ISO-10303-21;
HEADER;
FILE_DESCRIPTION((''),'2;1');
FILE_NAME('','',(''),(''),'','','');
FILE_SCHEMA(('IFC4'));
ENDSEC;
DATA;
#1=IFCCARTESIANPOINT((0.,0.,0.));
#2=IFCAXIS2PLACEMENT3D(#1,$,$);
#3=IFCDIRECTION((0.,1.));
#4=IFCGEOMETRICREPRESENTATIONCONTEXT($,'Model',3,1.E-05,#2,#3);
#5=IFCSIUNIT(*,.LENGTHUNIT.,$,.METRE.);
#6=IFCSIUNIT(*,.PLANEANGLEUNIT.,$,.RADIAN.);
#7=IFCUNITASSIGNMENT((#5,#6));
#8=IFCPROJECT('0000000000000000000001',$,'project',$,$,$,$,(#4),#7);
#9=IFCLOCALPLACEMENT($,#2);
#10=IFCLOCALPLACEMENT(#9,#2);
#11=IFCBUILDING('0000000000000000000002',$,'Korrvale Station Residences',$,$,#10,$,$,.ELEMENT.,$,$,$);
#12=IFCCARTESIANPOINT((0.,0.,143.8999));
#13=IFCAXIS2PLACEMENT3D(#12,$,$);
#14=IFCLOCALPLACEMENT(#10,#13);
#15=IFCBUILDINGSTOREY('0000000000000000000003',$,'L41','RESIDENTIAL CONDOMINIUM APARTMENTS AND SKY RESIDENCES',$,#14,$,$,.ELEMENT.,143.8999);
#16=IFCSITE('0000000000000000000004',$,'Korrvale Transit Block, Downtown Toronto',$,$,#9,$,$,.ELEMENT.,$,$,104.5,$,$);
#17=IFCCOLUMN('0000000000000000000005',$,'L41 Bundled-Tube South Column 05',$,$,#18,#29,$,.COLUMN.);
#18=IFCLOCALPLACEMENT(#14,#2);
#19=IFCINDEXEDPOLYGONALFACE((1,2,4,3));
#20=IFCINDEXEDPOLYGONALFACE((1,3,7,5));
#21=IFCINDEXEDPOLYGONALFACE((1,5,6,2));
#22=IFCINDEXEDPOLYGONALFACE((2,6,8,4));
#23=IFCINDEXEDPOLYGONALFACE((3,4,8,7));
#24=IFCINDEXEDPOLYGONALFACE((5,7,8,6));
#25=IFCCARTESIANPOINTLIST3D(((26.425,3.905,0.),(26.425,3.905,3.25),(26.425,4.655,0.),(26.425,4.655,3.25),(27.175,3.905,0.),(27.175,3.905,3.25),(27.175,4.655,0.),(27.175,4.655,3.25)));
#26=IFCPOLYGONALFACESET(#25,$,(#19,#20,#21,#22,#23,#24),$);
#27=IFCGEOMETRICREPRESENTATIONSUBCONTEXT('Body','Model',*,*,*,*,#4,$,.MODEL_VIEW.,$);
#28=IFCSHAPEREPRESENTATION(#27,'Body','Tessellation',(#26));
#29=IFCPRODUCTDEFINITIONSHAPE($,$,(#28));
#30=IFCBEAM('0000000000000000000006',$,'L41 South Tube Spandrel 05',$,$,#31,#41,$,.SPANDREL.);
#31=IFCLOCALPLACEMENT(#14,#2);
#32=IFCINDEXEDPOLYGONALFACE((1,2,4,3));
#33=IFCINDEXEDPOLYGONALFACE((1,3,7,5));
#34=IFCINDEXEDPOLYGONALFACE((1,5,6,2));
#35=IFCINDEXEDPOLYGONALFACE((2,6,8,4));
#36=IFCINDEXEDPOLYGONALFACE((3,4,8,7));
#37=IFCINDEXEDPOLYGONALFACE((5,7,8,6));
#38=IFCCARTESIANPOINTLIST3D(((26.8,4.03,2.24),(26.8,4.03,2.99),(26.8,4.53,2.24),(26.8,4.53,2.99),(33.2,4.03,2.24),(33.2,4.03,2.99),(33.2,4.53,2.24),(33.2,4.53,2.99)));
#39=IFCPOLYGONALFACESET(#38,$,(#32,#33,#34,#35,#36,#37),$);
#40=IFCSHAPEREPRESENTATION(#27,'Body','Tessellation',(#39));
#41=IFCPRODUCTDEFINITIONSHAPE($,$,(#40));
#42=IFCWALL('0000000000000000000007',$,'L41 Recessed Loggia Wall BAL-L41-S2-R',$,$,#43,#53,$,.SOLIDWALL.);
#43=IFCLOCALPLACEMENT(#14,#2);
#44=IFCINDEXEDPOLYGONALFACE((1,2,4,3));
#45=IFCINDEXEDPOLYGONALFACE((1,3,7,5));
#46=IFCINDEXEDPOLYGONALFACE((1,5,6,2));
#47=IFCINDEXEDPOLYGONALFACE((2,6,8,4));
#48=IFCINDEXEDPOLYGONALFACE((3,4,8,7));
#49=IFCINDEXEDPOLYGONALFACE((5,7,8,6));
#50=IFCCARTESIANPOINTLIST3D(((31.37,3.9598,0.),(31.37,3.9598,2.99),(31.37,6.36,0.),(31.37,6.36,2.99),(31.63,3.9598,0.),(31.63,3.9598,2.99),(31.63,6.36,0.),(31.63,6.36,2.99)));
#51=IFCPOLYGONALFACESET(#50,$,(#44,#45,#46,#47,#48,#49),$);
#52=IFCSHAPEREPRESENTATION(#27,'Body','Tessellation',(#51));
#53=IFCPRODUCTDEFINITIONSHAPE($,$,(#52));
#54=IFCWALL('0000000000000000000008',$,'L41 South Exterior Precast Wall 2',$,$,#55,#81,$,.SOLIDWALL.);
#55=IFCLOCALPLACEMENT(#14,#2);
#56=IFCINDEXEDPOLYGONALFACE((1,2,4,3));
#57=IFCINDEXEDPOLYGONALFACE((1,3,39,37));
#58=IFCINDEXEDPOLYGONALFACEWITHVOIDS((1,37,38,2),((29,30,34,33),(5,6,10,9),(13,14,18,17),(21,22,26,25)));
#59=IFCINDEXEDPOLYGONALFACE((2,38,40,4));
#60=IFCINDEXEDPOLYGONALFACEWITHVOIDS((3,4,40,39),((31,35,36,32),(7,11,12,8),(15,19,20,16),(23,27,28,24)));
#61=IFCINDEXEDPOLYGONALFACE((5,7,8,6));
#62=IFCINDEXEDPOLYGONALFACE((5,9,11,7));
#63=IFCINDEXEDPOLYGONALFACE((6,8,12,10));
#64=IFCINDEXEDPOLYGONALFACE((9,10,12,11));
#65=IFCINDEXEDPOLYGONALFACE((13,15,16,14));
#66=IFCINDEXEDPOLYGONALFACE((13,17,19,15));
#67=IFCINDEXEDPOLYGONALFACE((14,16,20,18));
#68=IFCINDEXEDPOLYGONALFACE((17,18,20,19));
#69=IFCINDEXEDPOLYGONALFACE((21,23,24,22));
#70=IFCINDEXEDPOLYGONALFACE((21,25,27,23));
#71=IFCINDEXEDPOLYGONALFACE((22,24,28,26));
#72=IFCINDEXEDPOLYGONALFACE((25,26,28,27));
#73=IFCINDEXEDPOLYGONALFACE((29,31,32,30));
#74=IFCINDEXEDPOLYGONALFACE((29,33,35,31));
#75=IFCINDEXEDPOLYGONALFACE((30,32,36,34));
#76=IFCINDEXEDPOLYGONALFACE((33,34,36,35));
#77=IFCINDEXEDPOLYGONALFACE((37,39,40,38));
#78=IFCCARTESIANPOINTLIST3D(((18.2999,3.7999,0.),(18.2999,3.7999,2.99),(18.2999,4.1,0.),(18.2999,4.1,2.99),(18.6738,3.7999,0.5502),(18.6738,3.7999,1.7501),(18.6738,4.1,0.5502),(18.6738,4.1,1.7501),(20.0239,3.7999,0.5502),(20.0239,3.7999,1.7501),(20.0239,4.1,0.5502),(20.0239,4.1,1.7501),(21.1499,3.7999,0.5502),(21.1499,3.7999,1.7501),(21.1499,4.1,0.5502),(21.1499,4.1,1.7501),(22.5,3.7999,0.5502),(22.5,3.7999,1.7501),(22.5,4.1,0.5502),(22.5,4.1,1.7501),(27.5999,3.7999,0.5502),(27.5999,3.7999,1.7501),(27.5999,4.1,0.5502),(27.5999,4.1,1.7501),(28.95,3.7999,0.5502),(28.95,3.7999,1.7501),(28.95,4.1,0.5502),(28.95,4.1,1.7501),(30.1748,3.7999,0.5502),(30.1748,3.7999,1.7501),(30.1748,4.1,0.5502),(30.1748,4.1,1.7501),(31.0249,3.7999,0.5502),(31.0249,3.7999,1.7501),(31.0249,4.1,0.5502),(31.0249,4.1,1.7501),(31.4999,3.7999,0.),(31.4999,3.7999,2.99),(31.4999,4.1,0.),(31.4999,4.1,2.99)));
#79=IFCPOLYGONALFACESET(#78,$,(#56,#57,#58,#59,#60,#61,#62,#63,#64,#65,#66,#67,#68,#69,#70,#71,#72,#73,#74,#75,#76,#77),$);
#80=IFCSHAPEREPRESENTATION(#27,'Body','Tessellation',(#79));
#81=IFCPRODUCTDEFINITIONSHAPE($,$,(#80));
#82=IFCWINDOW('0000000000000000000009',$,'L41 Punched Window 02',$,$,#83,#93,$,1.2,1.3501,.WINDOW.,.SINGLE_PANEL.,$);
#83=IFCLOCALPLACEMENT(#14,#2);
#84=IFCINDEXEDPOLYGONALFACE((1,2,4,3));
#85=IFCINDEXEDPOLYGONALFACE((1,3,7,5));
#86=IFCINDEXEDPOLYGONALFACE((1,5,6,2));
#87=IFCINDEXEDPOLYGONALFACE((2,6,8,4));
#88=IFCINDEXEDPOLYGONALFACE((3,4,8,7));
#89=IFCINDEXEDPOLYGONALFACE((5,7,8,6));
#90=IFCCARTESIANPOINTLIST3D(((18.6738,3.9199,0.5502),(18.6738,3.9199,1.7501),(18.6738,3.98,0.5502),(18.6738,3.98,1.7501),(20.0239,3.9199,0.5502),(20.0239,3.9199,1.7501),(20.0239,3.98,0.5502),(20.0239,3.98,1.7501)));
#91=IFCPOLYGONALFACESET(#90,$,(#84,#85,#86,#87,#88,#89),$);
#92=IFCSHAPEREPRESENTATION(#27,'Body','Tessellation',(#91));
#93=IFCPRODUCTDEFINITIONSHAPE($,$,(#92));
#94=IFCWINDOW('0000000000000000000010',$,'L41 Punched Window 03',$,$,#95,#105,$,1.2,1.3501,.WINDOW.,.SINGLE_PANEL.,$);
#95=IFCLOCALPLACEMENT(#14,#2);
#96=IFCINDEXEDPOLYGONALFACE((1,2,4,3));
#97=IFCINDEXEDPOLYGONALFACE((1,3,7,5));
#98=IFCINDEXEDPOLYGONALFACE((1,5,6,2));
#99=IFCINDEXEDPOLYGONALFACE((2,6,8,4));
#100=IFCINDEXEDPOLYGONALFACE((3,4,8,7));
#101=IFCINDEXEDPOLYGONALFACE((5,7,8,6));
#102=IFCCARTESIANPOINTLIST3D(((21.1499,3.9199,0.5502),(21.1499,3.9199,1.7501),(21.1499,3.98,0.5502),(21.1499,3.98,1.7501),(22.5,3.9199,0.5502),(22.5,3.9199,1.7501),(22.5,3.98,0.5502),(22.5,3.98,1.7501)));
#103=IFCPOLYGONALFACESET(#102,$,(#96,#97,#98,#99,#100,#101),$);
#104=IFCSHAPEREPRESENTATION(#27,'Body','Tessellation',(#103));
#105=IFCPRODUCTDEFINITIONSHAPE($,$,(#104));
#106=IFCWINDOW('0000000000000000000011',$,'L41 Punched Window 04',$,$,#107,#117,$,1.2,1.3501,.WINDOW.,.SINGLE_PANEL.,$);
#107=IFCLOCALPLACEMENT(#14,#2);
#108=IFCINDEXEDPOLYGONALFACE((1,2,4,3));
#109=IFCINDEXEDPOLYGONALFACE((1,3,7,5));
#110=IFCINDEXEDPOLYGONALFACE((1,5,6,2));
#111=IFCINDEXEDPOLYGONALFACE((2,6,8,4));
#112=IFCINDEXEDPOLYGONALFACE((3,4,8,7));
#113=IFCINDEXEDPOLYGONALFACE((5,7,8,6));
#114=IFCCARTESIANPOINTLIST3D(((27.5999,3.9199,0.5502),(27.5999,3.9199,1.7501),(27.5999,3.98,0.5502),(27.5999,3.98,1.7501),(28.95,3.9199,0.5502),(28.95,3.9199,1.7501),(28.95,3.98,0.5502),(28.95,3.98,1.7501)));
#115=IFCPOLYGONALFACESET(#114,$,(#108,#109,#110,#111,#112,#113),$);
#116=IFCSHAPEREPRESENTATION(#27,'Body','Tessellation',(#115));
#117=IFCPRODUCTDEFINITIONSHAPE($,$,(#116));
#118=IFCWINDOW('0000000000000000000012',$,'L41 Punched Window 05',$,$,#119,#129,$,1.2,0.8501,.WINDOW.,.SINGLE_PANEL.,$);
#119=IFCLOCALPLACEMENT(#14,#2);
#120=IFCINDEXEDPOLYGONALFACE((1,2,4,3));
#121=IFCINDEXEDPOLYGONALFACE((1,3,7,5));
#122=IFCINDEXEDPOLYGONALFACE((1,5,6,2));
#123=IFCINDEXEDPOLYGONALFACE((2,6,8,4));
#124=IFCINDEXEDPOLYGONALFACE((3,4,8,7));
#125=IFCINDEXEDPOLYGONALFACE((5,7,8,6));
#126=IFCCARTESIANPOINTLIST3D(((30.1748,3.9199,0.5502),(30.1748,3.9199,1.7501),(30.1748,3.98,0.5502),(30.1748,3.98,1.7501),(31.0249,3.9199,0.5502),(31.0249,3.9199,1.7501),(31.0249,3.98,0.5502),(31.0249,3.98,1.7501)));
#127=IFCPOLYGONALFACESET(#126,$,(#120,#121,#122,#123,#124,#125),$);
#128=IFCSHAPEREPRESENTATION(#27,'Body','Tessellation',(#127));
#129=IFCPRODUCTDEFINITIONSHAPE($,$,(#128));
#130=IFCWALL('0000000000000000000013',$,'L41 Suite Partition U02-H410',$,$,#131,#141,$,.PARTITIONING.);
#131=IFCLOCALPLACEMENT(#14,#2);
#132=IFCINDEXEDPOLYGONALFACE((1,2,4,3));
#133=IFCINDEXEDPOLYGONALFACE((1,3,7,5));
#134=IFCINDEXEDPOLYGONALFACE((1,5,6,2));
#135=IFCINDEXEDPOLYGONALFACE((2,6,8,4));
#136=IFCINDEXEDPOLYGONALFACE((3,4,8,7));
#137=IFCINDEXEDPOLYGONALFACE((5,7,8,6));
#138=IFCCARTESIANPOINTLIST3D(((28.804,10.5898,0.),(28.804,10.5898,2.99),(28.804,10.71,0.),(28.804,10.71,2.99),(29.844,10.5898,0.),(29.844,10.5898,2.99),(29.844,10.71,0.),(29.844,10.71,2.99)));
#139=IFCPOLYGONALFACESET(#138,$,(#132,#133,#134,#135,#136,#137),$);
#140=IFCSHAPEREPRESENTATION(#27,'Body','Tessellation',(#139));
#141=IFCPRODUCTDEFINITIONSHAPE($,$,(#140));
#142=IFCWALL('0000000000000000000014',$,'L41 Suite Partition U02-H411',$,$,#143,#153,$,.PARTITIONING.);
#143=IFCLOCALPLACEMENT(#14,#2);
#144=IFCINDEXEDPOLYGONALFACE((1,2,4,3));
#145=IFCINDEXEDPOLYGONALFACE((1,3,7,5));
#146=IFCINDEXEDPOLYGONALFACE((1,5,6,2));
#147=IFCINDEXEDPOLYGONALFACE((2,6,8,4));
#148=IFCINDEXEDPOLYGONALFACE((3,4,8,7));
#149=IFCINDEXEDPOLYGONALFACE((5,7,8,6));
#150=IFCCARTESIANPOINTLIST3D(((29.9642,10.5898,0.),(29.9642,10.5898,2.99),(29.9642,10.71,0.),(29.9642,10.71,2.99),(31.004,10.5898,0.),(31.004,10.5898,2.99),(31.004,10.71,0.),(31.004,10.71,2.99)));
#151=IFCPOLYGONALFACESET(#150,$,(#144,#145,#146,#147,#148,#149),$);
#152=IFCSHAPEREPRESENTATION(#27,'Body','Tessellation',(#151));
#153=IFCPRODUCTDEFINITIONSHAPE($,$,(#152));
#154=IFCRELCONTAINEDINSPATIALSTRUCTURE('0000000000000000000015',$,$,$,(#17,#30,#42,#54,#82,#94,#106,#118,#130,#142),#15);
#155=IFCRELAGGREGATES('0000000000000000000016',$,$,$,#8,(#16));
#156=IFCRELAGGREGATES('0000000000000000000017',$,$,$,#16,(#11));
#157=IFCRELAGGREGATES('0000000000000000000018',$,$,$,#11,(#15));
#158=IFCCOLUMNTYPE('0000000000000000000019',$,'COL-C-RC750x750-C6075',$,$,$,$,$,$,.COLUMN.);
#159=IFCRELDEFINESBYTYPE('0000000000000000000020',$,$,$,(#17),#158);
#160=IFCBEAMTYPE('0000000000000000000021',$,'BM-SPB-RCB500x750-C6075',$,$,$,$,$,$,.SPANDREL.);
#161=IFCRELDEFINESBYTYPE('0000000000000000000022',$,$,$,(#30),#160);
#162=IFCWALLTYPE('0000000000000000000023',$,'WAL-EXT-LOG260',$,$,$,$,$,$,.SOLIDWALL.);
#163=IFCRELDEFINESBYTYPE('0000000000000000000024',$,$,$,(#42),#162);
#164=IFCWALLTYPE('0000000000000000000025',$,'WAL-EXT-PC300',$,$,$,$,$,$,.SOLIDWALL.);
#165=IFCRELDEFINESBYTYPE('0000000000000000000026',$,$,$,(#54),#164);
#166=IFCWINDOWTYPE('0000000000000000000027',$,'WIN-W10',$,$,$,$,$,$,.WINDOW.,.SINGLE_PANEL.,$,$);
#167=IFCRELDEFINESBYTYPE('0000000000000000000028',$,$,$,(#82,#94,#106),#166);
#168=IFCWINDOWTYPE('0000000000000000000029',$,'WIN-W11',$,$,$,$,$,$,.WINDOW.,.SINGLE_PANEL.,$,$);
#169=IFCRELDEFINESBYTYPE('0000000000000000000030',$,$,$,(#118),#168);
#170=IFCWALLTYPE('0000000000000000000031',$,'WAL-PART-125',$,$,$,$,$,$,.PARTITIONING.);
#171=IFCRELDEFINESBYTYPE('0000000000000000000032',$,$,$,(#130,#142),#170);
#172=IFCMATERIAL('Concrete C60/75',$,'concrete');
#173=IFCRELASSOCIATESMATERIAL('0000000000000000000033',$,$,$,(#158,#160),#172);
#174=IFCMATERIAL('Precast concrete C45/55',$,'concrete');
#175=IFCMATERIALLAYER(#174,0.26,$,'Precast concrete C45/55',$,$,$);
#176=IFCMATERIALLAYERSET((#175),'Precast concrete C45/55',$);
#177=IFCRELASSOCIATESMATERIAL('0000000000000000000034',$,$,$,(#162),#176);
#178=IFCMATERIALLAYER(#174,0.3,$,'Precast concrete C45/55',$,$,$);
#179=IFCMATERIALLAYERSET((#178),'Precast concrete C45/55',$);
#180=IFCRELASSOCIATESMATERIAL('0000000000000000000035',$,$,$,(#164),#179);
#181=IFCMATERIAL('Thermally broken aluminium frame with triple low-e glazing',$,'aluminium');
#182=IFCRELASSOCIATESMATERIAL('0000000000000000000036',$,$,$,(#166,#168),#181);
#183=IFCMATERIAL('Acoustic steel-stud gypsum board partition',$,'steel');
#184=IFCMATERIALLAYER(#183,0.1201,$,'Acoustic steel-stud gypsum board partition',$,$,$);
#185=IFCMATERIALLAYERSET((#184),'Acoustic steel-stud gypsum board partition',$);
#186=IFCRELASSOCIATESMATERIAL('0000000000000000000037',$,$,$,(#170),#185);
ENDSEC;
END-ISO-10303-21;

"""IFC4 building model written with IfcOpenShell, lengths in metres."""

from ifc_helpers import new_model, si_unit, direction, frame, frame_2d, origin, origin_2d, place, context, subcontext, project, spatial, rectangle, extrude, material, layer, layer_set, material_profile, profile_set, type_object, element, fill, save


model = new_model("IFC4")

# Units and contexts
model_context = context("Model", 3, precision=1e-05, world=origin(), true_north=direction((0.0, 1.0)))
body_context = subcontext(model_context, "Body", "Model", "MODEL_VIEW")
ifc_project = project(units=[si_unit("LENGTHUNIT", "METRE"), si_unit("PLANEANGLEUNIT", "RADIAN")], contexts=[model_context])

# Site, building, storey
site_placement = place(None, origin())
site = spatial("IfcSite", under=ifc_project, at=site_placement, Name="Korrvale Transit Block, Downtown Toronto", CompositionType="ELEMENT", RefElevation=104.5)
building_placement = place(site_placement, origin())
building = spatial("IfcBuilding", under=site, at=building_placement, Name="Korrvale Station Residences", CompositionType="ELEMENT")
storey_placement = place(building_placement, frame((0.0, 0.0, 143.8999)))
storey = spatial("IfcBuildingStorey", under=building, at=storey_placement, Name="L41", Description="RESIDENTIAL CONDOMINIUM APARTMENTS AND SKY RESIDENCES", CompositionType="ELEMENT", Elevation=143.8999)

# Column
ifc_material_1 = material(Name="Concrete C60/75", Category="concrete")
ifc_material_profile_1 = material_profile(ifc_material_1, rectangle(XDim=0.75, YDim=0.75, at=origin_2d()), Name="RC750x750")
ifc_profile_set_1 = profile_set([ifc_material_profile_1], Name="Concrete C60/75")
column_type = type_object("IfcColumnType", Name="COL-C-RC750x750-C6075", PredefinedType="COLUMN", material=ifc_profile_set_1)
column_placement = place(storey_placement, frame((26.8, 4.28, 0.0), z_axis=(0.0, 0.0, 1.0), x_axis=(1.0, 0.0, 0.0)))
element("IfcColumn", 1, at=column_placement, inside=storey, type_object=column_type, Name="L41 Bundled-Tube South Column 05", PredefinedType="COLUMN", context=body_context, shape_type="SweptSolid", body=[
    extrude(rectangle(XDim=0.75, YDim=0.75, at=origin_2d()), origin(), (0.0, 0.0, 1.0), 3.25),
])

# Beam
ifc_material_profile_2 = material_profile(ifc_material_1, rectangle(XDim=0.5, YDim=0.75, at=origin_2d()), Name="RCB500x750")
ifc_profile_set_2 = profile_set([ifc_material_profile_2], Name="Concrete C60/75")
beam_type = type_object("IfcBeamType", Name="BM-SPB-RCB500x750-C6075", PredefinedType="SPANDREL", material=ifc_profile_set_2)
beam_placement = place(storey_placement, frame((26.8, 4.28, 2.615), z_axis=(1.0, 0.0, 0.0), x_axis=(0.0, 1.0, 0.0)))
element("IfcBeam", 2, at=beam_placement, inside=storey, type_object=beam_type, Name="L41 South Tube Spandrel 05", PredefinedType="SPANDREL", context=body_context, shape_type="SweptSolid", body=[
    extrude(rectangle(XDim=0.5, YDim=0.75, at=origin_2d()), origin(), (0.0, 0.0, 1.0), 6.3999),
])

# Wall
ifc_material_2 = material(Name="Precast concrete C45/55", Category="concrete")
ifc_layer_1 = layer(ifc_material_2, 0.26, Name="Precast concrete C45/55")
ifc_layer_set_1 = layer_set([ifc_layer_1], Name="Precast concrete C45/55")
wall_type_1 = type_object("IfcWallType", Name="WAL-EXT-LOG260", PredefinedType="SOLIDWALL", material=ifc_layer_set_1)
wall_1_placement = place(storey_placement, frame((31.5, 6.3601, 0.0), z_axis=(0.0, 0.0, 1.0), x_axis=(0.0, -1.0, 0.0)))
element("IfcWall", 3, at=wall_1_placement, inside=storey, type_object=wall_type_1, Name="L41 Recessed Loggia Wall BAL-L41-S2-R", PredefinedType="SOLIDWALL", context=body_context, shape_type="SweptSolid", body=[
    extrude(rectangle(XDim=2.4001, YDim=0.26, at=frame_2d((1.2002, 0.0))), origin(), (0.0, 0.0, 1.0), 2.99),
])

# Wall, openings, windows
ifc_layer_2 = layer(ifc_material_2, 0.3, Name="Precast concrete C45/55")
ifc_layer_set_2 = layer_set([ifc_layer_2], Name="Precast concrete C45/55")
wall_type_2 = type_object("IfcWallType", Name="WAL-EXT-PC300", PredefinedType="SOLIDWALL", material=ifc_layer_set_2)
wall_2_placement = place(storey_placement, frame((31.5, 3.95, 0.0), z_axis=(0.0, 0.0, 1.0), x_axis=(-1.0, 0.0, 0.0)))
wall_2 = element("IfcWall", 4, at=wall_2_placement, inside=storey, type_object=wall_type_2, Name="L41 South Exterior Precast Wall 2", PredefinedType="SOLIDWALL", context=body_context, shape_type="SweptSolid", body=[
    extrude(rectangle(XDim=13.2, YDim=0.3, at=frame_2d((6.6001, 0.0))), origin(), (0.0, 0.0, 1.0), 2.99),
])
opening_1_placement = place(wall_2_placement, frame((11.4761, 0.0, 0.55)))
opening_1 = element("IfcOpeningElement", 5, at=opening_1_placement, cuts=wall_2, PredefinedType="OPENING", context=body_context, shape_type="SweptSolid", body=[
    extrude(rectangle(XDim=1.3501, YDim=1.2, at=frame_2d((0.675, 0.6001))), frame((0.0, 0.1602, 0.0), z_axis=(0.0, -1.0, 0.0), x_axis=(1.0, 0.0, 0.0)), (0.0, 0.0, 1.0), 0.3201),
])
opening_2_placement = place(wall_2_placement, frame((9.0, 0.0, 0.55)))
opening_2 = element("IfcOpeningElement", 6, at=opening_2_placement, cuts=wall_2, PredefinedType="OPENING", context=body_context, shape_type="SweptSolid", body=[
    extrude(rectangle(XDim=1.3501, YDim=1.2, at=frame_2d((0.675, 0.6001))), frame((0.0, 0.1602, 0.0), z_axis=(0.0, -1.0, 0.0), x_axis=(1.0, 0.0, 0.0)), (0.0, 0.0, 1.0), 0.3201),
])
opening_3_placement = place(wall_2_placement, frame((2.55, 0.0, 0.55)))
opening_3 = element("IfcOpeningElement", 7, at=opening_3_placement, cuts=wall_2, PredefinedType="OPENING", context=body_context, shape_type="SweptSolid", body=[
    extrude(rectangle(XDim=1.3501, YDim=1.2, at=frame_2d((0.675, 0.6001))), frame((0.0, 0.1602, 0.0), z_axis=(0.0, -1.0, 0.0), x_axis=(1.0, 0.0, 0.0)), (0.0, 0.0, 1.0), 0.3201),
])
opening_4_placement = place(wall_2_placement, frame((0.4751, 0.0, 0.55)))
opening_4 = element("IfcOpeningElement", 8, at=opening_4_placement, cuts=wall_2, PredefinedType="OPENING", context=body_context, shape_type="SweptSolid", body=[
    extrude(rectangle(XDim=0.8501, YDim=1.2, at=frame_2d((0.425, 0.6001))), frame((0.0, 0.1602, 0.0), z_axis=(0.0, -1.0, 0.0), x_axis=(1.0, 0.0, 0.0)), (0.0, 0.0, 1.0), 0.3201),
])
ifc_material_3 = material(Name="Thermally broken aluminium frame with triple low-e glazing", Category="aluminium")
window_type_1 = type_object("IfcWindowType", Name="WIN-W10", PartitioningType="SINGLE_PANEL", PredefinedType="WINDOW", material=ifc_material_3)
window_1_placement = place(opening_1_placement, origin())
window_1 = element("IfcWindow", 9, at=window_1_placement, inside=storey, type_object=window_type_1, Name="L41 Punched Window 02", OverallHeight=1.2, OverallWidth=1.3501, PartitioningType="SINGLE_PANEL", PredefinedType="WINDOW", context=body_context, shape_type="SweptSolid", body=[
    extrude(rectangle(XDim=1.3501, YDim=1.2, at=frame_2d((0.675, 0.6001))), frame((0.0, 0.03, 0.0), z_axis=(0.0, -1.0, 0.0), x_axis=(1.0, 0.0, 0.0)), (0.0, 0.0, 1.0), 0.0601),
])
fill(opening_1, window_1)
window_2_placement = place(opening_2_placement, origin())
window_2 = element("IfcWindow", 10, at=window_2_placement, inside=storey, type_object=window_type_1, Name="L41 Punched Window 03", OverallHeight=1.2, OverallWidth=1.3501, PartitioningType="SINGLE_PANEL", PredefinedType="WINDOW", context=body_context, shape_type="SweptSolid", body=[
    extrude(rectangle(XDim=1.3501, YDim=1.2, at=frame_2d((0.675, 0.6001))), frame((0.0, 0.03, 0.0), z_axis=(0.0, -1.0, 0.0), x_axis=(1.0, 0.0, 0.0)), (0.0, 0.0, 1.0), 0.0601),
])
fill(opening_2, window_2)
window_3_placement = place(opening_3_placement, origin())
window_3 = element("IfcWindow", 11, at=window_3_placement, inside=storey, type_object=window_type_1, Name="L41 Punched Window 04", OverallHeight=1.2, OverallWidth=1.3501, PartitioningType="SINGLE_PANEL", PredefinedType="WINDOW", context=body_context, shape_type="SweptSolid", body=[
    extrude(rectangle(XDim=1.3501, YDim=1.2, at=frame_2d((0.675, 0.6001))), frame((0.0, 0.03, 0.0), z_axis=(0.0, -1.0, 0.0), x_axis=(1.0, 0.0, 0.0)), (0.0, 0.0, 1.0), 0.0601),
])
fill(opening_3, window_3)
window_type_2 = type_object("IfcWindowType", Name="WIN-W11", PartitioningType="SINGLE_PANEL", PredefinedType="WINDOW", material=ifc_material_3)
window_4_placement = place(opening_4_placement, origin())
window_4 = element("IfcWindow", 12, at=window_4_placement, inside=storey, type_object=window_type_2, Name="L41 Punched Window 05", OverallHeight=1.2, OverallWidth=0.8501, PartitioningType="SINGLE_PANEL", PredefinedType="WINDOW", context=body_context, shape_type="SweptSolid", body=[
    extrude(rectangle(XDim=0.8501, YDim=1.2, at=frame_2d((0.425, 0.6001))), frame((0.0, 0.03, 0.0), z_axis=(0.0, -1.0, 0.0), x_axis=(1.0, 0.0, 0.0)), (0.0, 0.0, 1.0), 0.0601),
])
fill(opening_4, window_4)

# Walls
ifc_material_4 = material(Name="Acoustic steel-stud gypsum board partition", Category="steel")
ifc_layer_3 = layer(ifc_material_4, 0.1201, Name="Acoustic steel-stud gypsum board partition")
ifc_layer_set_3 = layer_set([ifc_layer_3], Name="Acoustic steel-stud gypsum board partition")
wall_type_3 = type_object("IfcWallType", Name="WAL-PART-125", PredefinedType="PARTITIONING", material=ifc_layer_set_3)
wall_3_placement = place(storey_placement, frame((28.804, 10.6499, 0.0), z_axis=(0.0, 0.0, 1.0), x_axis=(1.0, 0.0, 0.0)))
element("IfcWall", 13, at=wall_3_placement, inside=storey, type_object=wall_type_3, Name="L41 Suite Partition U02-H410", PredefinedType="PARTITIONING", context=body_context, shape_type="SweptSolid", body=[
    extrude(rectangle(XDim=1.04, YDim=0.1201, at=frame_2d((0.52, 0.0))), origin(), (0.0, 0.0, 1.0), 2.99),
])
wall_4_placement = place(storey_placement, frame((29.9641, 10.6499, 0.0), z_axis=(0.0, 0.0, 1.0), x_axis=(1.0, 0.0, 0.0)))
element("IfcWall", 14, at=wall_4_placement, inside=storey, type_object=wall_type_3, Name="L41 Suite Partition U02-H411", PredefinedType="PARTITIONING", context=body_context, shape_type="SweptSolid", body=[
    extrude(rectangle(XDim=1.0398, YDim=0.1201, at=frame_2d((0.52, 0.0))), origin(), (0.0, 0.0, 1.0), 2.99),
])

save(model, "model.ifc")
